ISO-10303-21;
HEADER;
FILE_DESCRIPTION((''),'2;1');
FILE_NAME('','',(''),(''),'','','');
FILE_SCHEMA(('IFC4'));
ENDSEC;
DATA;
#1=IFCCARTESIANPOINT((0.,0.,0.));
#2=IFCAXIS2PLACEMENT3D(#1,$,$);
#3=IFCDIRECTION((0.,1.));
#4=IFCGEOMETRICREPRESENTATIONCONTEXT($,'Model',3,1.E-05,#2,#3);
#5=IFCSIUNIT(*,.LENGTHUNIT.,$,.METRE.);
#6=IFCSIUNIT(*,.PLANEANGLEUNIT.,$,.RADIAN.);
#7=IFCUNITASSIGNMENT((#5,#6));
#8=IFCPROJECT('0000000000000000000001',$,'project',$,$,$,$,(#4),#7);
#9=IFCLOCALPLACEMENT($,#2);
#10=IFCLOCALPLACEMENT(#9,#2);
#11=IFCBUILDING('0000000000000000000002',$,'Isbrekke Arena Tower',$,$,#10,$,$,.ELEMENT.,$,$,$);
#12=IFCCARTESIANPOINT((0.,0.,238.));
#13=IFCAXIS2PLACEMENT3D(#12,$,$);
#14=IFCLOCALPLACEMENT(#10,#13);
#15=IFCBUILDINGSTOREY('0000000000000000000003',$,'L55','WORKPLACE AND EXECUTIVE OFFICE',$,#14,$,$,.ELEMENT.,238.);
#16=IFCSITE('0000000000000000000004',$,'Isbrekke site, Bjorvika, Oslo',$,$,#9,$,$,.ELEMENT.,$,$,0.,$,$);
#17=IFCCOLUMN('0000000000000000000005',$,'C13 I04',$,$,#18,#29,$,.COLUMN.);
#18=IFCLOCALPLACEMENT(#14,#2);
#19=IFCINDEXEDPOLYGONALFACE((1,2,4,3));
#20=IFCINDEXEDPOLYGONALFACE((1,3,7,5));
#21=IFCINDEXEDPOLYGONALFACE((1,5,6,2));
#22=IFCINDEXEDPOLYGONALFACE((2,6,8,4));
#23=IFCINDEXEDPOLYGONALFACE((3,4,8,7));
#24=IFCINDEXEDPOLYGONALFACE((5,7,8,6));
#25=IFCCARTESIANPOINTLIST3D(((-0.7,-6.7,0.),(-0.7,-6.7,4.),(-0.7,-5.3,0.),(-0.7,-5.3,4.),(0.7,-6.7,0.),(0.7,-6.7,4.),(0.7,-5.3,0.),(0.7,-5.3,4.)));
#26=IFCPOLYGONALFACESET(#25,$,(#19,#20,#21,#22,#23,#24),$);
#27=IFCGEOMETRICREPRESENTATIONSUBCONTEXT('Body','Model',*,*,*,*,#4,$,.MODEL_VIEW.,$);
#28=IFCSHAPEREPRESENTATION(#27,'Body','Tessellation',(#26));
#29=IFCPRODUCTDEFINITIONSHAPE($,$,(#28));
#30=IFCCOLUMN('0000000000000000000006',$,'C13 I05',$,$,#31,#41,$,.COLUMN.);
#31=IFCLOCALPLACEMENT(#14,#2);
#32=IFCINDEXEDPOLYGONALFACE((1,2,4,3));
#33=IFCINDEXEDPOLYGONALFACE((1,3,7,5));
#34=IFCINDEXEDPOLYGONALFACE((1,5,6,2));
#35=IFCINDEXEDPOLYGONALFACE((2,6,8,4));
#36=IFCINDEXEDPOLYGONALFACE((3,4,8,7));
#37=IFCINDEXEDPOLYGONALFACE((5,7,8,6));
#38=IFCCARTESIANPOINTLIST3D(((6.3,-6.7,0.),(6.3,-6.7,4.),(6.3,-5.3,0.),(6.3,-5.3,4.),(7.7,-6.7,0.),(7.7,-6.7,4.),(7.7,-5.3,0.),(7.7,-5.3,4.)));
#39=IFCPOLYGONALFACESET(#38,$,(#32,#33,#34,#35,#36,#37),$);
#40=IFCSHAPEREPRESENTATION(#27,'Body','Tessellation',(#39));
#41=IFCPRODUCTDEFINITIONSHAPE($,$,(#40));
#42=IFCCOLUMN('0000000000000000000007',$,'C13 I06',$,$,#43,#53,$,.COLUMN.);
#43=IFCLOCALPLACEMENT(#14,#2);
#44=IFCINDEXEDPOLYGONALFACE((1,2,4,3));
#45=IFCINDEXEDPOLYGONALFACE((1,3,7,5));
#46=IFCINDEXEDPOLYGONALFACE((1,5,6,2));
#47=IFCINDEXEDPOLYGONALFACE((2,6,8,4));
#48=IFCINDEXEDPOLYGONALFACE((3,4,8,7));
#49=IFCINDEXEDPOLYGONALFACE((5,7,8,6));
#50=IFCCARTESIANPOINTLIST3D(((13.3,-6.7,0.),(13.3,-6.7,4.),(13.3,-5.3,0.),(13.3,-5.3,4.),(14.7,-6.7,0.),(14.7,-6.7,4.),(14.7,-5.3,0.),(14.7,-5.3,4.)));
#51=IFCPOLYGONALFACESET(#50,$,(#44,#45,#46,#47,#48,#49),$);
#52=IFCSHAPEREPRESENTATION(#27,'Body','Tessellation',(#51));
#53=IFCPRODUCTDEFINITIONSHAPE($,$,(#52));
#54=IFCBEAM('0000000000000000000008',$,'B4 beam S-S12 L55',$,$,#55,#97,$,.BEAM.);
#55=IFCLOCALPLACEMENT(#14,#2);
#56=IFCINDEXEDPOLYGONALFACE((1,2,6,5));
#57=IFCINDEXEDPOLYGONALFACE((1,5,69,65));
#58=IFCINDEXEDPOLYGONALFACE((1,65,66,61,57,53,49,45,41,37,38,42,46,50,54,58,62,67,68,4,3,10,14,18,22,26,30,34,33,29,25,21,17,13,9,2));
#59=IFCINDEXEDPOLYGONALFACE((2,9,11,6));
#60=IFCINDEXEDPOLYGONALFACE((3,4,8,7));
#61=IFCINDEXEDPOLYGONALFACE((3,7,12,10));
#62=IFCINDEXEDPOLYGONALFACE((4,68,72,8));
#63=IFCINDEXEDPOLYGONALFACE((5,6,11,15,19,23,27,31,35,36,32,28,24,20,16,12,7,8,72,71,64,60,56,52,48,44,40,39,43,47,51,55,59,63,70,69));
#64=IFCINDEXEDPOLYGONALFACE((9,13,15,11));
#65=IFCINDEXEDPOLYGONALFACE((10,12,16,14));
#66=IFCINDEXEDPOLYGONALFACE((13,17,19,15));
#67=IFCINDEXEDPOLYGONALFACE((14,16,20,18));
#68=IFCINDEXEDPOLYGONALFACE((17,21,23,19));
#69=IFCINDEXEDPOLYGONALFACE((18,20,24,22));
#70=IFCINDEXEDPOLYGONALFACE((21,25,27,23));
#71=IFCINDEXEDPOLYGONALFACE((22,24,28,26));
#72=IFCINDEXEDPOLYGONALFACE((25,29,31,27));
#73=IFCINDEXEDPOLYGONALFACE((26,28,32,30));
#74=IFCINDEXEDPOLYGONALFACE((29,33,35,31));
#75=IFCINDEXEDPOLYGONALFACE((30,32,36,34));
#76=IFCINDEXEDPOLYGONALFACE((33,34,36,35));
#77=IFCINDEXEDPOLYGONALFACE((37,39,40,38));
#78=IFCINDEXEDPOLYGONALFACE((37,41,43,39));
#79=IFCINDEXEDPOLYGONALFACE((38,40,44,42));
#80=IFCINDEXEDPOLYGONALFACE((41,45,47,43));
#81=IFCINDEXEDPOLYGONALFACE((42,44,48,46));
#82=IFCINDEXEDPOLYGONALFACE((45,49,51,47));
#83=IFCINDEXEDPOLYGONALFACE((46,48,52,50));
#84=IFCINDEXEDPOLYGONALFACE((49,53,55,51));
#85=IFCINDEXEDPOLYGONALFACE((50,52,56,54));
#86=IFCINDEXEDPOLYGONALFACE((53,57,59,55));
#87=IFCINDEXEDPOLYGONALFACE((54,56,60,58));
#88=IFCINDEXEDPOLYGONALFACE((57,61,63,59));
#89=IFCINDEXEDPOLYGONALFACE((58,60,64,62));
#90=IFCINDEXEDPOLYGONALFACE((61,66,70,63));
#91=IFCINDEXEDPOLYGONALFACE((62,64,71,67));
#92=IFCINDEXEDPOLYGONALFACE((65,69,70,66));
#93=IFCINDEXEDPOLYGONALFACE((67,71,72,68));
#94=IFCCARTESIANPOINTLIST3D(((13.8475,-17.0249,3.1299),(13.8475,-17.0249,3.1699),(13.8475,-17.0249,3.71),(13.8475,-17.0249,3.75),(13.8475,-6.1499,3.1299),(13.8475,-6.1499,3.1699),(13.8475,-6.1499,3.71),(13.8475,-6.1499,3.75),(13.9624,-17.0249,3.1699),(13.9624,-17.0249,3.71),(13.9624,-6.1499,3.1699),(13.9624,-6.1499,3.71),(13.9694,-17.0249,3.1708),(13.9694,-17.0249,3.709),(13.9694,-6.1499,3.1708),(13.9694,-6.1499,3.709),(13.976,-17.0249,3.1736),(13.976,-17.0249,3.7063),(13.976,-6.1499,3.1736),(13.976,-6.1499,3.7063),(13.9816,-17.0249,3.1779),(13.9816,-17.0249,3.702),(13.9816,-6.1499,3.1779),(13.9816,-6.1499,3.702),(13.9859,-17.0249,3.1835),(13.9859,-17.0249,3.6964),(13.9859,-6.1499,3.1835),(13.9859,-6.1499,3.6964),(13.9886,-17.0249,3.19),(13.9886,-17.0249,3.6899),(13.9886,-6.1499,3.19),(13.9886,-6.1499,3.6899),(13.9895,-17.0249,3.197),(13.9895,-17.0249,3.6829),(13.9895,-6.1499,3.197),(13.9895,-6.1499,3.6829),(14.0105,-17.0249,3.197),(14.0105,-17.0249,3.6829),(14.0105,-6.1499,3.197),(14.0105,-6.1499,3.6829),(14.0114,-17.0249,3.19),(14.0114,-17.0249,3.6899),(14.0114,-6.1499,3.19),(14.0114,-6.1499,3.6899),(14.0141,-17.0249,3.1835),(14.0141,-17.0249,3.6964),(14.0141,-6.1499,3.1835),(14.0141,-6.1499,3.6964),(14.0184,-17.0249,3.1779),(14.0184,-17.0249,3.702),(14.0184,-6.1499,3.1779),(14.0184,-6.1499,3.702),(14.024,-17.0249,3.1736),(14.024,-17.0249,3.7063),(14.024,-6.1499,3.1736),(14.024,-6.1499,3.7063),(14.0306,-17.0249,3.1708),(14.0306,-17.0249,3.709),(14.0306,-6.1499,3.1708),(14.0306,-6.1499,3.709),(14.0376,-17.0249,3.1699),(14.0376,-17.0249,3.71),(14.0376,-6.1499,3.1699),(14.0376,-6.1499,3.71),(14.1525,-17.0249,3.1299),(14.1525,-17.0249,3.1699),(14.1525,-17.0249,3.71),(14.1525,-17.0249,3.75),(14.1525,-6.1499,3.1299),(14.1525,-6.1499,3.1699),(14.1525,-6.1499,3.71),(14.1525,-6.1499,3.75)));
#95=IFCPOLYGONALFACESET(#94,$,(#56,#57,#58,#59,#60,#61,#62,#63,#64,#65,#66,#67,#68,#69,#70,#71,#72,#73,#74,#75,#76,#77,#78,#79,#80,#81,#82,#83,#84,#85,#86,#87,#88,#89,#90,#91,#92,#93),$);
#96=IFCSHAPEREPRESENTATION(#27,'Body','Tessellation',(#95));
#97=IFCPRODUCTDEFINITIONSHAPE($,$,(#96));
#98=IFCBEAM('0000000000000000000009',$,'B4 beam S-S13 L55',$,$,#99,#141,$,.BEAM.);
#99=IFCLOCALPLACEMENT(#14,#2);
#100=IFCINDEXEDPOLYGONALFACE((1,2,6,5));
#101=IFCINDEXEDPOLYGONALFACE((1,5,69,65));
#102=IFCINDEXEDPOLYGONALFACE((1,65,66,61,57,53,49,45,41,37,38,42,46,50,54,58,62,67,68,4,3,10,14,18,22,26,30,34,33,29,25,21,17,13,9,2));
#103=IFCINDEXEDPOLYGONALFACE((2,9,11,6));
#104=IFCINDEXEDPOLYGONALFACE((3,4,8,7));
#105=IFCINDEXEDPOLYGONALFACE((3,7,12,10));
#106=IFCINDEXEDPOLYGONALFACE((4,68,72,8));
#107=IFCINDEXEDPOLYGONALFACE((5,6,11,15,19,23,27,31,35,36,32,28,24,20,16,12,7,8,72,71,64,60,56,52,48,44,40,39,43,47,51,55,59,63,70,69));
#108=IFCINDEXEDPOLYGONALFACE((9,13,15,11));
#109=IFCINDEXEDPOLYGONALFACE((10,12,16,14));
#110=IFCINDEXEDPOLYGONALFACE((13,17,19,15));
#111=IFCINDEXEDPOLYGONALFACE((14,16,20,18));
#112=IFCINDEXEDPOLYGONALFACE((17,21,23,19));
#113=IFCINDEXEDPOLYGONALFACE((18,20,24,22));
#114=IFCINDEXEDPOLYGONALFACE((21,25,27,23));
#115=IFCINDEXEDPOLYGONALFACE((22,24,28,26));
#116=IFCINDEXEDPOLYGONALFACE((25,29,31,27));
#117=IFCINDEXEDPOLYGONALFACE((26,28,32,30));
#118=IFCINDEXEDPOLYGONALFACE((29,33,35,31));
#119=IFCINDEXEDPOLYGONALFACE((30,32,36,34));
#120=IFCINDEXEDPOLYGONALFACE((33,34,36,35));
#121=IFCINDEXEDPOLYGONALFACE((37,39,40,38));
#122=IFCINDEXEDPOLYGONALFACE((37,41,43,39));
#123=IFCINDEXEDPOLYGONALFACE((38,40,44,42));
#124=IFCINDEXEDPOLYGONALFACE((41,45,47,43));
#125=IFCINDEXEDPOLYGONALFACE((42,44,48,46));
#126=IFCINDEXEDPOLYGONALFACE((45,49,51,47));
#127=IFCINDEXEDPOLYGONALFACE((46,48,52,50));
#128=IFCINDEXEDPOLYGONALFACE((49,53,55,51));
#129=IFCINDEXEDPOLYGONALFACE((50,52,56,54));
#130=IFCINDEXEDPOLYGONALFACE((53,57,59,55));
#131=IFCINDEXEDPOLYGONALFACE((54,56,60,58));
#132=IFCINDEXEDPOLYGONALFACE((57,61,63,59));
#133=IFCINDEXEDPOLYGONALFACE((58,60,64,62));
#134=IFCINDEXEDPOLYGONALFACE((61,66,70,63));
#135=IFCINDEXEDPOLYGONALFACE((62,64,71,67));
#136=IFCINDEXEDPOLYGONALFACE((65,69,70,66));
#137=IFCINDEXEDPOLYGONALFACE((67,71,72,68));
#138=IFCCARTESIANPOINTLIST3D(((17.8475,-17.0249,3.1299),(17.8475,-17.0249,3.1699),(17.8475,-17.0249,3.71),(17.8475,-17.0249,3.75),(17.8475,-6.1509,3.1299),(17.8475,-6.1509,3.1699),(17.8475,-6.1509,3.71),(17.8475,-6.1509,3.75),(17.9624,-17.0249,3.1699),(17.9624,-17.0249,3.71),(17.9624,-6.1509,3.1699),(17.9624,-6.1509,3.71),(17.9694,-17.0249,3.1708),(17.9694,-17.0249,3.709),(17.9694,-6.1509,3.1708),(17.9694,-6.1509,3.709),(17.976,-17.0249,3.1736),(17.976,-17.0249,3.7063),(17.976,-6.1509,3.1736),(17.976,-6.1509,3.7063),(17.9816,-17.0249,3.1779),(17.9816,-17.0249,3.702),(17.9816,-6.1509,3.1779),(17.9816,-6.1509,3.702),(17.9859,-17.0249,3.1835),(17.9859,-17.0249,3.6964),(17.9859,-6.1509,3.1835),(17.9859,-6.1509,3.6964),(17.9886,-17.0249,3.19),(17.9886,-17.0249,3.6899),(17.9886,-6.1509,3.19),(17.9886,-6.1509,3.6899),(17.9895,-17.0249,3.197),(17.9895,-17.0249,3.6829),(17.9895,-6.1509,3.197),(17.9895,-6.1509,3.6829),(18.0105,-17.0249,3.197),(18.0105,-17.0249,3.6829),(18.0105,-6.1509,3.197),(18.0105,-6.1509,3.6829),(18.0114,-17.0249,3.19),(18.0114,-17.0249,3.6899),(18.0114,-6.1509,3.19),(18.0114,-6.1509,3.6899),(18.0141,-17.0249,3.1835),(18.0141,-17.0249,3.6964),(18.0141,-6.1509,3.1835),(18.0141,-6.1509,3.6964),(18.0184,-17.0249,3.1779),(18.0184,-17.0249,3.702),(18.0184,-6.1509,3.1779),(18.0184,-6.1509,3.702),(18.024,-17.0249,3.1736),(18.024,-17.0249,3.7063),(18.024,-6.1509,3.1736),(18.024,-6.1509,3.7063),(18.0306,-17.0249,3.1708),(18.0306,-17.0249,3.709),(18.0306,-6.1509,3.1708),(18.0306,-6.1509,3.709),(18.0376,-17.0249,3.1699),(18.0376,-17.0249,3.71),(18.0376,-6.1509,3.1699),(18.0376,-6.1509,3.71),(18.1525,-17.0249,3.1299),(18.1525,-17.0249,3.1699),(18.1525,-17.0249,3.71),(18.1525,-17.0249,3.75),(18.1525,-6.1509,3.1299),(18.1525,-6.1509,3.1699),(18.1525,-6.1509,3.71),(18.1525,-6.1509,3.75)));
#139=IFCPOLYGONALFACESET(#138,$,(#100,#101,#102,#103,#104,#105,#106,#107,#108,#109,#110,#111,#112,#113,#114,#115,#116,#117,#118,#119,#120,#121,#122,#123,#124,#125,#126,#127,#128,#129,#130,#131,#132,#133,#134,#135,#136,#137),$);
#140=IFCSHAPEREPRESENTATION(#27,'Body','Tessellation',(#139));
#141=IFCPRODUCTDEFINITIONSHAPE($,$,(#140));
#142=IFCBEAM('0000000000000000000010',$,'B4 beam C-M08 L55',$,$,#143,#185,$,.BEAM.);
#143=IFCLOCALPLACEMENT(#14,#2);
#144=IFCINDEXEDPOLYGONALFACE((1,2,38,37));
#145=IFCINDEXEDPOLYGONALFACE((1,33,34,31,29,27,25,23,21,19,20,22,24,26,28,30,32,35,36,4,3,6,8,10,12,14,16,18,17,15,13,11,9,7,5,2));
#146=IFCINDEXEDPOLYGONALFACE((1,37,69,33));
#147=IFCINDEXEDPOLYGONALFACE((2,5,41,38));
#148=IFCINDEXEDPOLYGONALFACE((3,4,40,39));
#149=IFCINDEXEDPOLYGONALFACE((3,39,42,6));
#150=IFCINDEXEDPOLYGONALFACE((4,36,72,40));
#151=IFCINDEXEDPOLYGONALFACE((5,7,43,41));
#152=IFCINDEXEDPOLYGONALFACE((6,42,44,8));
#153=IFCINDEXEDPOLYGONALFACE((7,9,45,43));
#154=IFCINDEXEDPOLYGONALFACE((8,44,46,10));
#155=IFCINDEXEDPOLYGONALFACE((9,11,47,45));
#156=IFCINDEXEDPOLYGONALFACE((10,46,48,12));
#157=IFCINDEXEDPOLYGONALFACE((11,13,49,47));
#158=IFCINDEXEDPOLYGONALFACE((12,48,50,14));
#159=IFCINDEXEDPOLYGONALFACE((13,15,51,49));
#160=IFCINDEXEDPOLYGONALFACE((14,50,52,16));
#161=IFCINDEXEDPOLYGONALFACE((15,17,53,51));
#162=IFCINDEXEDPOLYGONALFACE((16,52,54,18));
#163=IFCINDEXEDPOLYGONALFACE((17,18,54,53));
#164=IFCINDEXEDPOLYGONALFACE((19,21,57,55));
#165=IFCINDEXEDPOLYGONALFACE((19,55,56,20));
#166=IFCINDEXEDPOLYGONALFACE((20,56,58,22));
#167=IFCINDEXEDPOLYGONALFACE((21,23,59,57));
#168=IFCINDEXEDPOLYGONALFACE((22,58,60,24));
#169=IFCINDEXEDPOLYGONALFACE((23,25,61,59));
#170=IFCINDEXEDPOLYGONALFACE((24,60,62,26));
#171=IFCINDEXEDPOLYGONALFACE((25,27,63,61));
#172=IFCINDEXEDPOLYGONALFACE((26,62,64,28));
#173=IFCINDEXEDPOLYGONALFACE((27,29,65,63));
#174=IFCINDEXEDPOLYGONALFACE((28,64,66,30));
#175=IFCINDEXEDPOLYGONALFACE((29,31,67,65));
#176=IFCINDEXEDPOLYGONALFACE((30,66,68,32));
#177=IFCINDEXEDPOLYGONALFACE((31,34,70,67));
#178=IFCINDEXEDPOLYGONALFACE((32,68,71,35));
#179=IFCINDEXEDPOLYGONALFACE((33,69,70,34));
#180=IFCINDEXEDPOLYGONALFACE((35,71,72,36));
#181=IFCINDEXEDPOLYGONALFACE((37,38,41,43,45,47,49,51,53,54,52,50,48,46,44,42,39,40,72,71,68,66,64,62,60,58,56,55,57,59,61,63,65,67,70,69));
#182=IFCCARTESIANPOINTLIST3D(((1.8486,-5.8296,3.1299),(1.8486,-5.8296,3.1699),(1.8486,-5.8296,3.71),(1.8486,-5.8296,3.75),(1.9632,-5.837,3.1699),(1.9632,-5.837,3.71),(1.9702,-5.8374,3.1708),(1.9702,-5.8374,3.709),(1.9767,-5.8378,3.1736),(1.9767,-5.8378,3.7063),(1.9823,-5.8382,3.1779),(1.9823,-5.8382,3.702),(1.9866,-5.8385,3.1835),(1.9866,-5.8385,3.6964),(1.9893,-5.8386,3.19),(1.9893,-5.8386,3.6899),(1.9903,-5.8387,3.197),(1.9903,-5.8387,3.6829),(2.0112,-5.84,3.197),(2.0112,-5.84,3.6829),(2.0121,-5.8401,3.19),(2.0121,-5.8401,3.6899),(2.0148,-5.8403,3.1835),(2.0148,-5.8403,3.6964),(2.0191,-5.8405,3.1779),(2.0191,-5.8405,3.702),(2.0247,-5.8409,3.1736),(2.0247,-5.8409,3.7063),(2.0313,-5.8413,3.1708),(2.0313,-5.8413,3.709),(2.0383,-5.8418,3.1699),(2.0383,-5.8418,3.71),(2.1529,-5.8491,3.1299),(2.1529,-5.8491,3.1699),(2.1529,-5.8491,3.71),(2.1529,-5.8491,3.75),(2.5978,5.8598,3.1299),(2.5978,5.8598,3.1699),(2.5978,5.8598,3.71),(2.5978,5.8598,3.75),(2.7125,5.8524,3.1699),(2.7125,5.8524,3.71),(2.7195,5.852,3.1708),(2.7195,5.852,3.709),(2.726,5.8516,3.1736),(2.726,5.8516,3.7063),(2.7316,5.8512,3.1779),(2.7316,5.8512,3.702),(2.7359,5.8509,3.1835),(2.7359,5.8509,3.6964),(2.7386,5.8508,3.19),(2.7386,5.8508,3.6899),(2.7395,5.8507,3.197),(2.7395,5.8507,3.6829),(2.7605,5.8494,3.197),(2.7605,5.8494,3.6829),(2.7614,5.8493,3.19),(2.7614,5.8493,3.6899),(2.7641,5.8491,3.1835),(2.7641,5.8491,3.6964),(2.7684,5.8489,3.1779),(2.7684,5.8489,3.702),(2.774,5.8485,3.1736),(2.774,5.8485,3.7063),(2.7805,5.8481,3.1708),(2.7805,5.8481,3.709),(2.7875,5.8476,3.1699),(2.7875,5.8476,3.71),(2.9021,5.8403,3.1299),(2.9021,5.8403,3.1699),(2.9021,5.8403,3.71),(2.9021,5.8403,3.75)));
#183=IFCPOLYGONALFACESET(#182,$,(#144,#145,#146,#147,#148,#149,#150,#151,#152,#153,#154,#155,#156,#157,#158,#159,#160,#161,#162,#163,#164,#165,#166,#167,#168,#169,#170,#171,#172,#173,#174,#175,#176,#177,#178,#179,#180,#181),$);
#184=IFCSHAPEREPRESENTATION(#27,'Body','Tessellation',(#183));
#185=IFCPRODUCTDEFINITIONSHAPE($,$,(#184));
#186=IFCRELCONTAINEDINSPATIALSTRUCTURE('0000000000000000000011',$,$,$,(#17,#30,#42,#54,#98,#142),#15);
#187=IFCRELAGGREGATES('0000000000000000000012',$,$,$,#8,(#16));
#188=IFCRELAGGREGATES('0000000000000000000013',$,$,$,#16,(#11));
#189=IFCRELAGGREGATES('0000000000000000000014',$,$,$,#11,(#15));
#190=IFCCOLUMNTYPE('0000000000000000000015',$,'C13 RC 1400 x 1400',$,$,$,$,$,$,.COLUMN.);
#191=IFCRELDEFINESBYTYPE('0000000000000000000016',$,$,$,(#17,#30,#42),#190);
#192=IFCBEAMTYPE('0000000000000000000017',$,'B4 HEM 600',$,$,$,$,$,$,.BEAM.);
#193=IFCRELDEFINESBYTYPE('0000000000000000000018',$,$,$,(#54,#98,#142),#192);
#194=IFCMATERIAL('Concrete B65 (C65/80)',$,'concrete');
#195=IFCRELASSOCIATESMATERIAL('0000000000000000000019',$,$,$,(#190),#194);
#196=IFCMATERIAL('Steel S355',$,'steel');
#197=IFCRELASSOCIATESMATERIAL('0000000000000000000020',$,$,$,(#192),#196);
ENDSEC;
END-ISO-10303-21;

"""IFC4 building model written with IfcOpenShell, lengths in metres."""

from ifc_helpers import new_model, si_unit, direction, frame, origin, origin_2d, place, context, subcontext, project, spatial, rectangle, i_section, extrude, material, material_profile, profile_set, type_object, element, save


model = new_model("IFC4")

# Units and contexts
model_context = context("Model", 3, precision=1e-05, world=origin(), true_north=direction((0.0, 1.0)))
body_context = subcontext(model_context, "Body", "Model", "MODEL_VIEW")
ifc_project = project(units=[si_unit("LENGTHUNIT", "METRE"), si_unit("PLANEANGLEUNIT", "RADIAN")], contexts=[model_context])

# Site, building, storey
site_placement = place(None, origin())
site = spatial("IfcSite", under=ifc_project, at=site_placement, Name="Isbrekke site, Bjorvika, Oslo", CompositionType="ELEMENT", RefElevation=0.0)
building_placement = place(site_placement, origin())
building = spatial("IfcBuilding", under=site, at=building_placement, Name="Isbrekke Arena Tower", CompositionType="ELEMENT")
storey_placement = place(building_placement, frame((0.0, 0.0, 238.0)))
storey = spatial("IfcBuildingStorey", under=building, at=storey_placement, Name="L55", Description="WORKPLACE AND EXECUTIVE OFFICE", CompositionType="ELEMENT", Elevation=238.0)

# Columns
ifc_material_1 = material(Name="Concrete B65 (C65/80)", Category="concrete")
ifc_material_profile_1 = material_profile(ifc_material_1, rectangle(XDim=1.3999, YDim=1.3999, at=origin_2d()), Name="RC 1400x1400")
ifc_profile_set_1 = profile_set([ifc_material_profile_1], Name="Concrete B65 (C65/80)")
column_type = type_object("IfcColumnType", Name="C13 RC 1400 x 1400", PredefinedType="COLUMN", material=ifc_profile_set_1)
for number, where, z_axis, x_axis, name in (
    (1, (0.0, -6.0, 0.0), (0.0, 0.0, 1.0), (1.0, 0.0, 0.0), "C13 I04"),
    (2, (7.0, -6.0, 0.0), (0.0, 0.0, 1.0), (1.0, 0.0, 0.0), "C13 I05"),
    (3, (14.0, -6.0, 0.0), (0.0, 0.0, 1.0), (1.0, 0.0, 0.0), "C13 I06"),
):
    element("IfcColumn", number, at=place(storey_placement, frame(where, z_axis=z_axis, x_axis=x_axis)), inside=storey, type_object=column_type, Name=name, PredefinedType="COLUMN", context=body_context, shape_type="SweptSolid", body=[
        extrude(rectangle(XDim=1.3999, YDim=1.3999, at=origin_2d()), origin(), (0.0, 0.0, 1.0), 4.0),
    ])

# Beams
ifc_material_2 = material(Name="Steel S355", Category="steel")
ifc_material_profile_2 = material_profile(ifc_material_2, i_section(OverallWidth=0.3049, OverallDepth=0.6201, WebThickness=0.021, FlangeThickness=0.04, FilletRadius=0.0271, at=origin_2d()), Name="HEM 600")
ifc_profile_set_2 = profile_set([ifc_material_profile_2], Name="Steel S355")
beam_type_1 = type_object("IfcBeamType", Name="B4 HEM 600", PredefinedType="BEAM", material=ifc_profile_set_2)
beam_1_placement = place(storey_placement, frame((14.0, -17.0249, 3.4399), z_axis=(0.0, 1.0, 0.0), x_axis=(-1.0, 0.0, 0.0)))
element("IfcBeam", 4, at=beam_1_placement, inside=storey, type_object=beam_type_1, Name="B4 beam S-S12 L55", PredefinedType="BEAM", context=body_context, shape_type="SweptSolid", body=[
    extrude(i_section(OverallWidth=0.3049, OverallDepth=0.6201, WebThickness=0.021, FlangeThickness=0.04, FilletRadius=0.0271, at=origin_2d()), origin(), (0.0, 0.0, 1.0), 10.875),
])
beam_2_placement = place(storey_placement, frame((18.0, -17.0249, 3.4399), z_axis=(0.0, 1.0, 0.0), x_axis=(-1.0, 0.0, 0.0)))
element("IfcBeam", 5, at=beam_2_placement, inside=storey, type_object=beam_type_1, Name="B4 beam S-S13 L55", PredefinedType="BEAM", context=body_context, shape_type="SweptSolid", body=[
    extrude(i_section(OverallWidth=0.3049, OverallDepth=0.6201, WebThickness=0.021, FlangeThickness=0.04, FilletRadius=0.0271, at=origin_2d()), origin(), (0.0, 0.0, 1.0), 10.874),
])
beam_3_placement = place(storey_placement, frame((2.0007, -5.8394, 3.4399), z_axis=(0.063966, 0.997952, 0.0), x_axis=(-0.997952, 0.063966, 0.0)))
element("IfcBeam", 6, at=beam_3_placement, inside=storey, type_object=beam_type_1, Name="B4 beam C-M08 L55", PredefinedType="BEAM", context=body_context, shape_type="SweptSolid", body=[
    extrude(i_section(OverallWidth=0.3049, OverallDepth=0.6201, WebThickness=0.021, FlangeThickness=0.04, FilletRadius=0.0271, at=origin_2d()), origin(), (0.0, 0.0, 1.0), 11.7134),
])

save(model, "model.ifc")
